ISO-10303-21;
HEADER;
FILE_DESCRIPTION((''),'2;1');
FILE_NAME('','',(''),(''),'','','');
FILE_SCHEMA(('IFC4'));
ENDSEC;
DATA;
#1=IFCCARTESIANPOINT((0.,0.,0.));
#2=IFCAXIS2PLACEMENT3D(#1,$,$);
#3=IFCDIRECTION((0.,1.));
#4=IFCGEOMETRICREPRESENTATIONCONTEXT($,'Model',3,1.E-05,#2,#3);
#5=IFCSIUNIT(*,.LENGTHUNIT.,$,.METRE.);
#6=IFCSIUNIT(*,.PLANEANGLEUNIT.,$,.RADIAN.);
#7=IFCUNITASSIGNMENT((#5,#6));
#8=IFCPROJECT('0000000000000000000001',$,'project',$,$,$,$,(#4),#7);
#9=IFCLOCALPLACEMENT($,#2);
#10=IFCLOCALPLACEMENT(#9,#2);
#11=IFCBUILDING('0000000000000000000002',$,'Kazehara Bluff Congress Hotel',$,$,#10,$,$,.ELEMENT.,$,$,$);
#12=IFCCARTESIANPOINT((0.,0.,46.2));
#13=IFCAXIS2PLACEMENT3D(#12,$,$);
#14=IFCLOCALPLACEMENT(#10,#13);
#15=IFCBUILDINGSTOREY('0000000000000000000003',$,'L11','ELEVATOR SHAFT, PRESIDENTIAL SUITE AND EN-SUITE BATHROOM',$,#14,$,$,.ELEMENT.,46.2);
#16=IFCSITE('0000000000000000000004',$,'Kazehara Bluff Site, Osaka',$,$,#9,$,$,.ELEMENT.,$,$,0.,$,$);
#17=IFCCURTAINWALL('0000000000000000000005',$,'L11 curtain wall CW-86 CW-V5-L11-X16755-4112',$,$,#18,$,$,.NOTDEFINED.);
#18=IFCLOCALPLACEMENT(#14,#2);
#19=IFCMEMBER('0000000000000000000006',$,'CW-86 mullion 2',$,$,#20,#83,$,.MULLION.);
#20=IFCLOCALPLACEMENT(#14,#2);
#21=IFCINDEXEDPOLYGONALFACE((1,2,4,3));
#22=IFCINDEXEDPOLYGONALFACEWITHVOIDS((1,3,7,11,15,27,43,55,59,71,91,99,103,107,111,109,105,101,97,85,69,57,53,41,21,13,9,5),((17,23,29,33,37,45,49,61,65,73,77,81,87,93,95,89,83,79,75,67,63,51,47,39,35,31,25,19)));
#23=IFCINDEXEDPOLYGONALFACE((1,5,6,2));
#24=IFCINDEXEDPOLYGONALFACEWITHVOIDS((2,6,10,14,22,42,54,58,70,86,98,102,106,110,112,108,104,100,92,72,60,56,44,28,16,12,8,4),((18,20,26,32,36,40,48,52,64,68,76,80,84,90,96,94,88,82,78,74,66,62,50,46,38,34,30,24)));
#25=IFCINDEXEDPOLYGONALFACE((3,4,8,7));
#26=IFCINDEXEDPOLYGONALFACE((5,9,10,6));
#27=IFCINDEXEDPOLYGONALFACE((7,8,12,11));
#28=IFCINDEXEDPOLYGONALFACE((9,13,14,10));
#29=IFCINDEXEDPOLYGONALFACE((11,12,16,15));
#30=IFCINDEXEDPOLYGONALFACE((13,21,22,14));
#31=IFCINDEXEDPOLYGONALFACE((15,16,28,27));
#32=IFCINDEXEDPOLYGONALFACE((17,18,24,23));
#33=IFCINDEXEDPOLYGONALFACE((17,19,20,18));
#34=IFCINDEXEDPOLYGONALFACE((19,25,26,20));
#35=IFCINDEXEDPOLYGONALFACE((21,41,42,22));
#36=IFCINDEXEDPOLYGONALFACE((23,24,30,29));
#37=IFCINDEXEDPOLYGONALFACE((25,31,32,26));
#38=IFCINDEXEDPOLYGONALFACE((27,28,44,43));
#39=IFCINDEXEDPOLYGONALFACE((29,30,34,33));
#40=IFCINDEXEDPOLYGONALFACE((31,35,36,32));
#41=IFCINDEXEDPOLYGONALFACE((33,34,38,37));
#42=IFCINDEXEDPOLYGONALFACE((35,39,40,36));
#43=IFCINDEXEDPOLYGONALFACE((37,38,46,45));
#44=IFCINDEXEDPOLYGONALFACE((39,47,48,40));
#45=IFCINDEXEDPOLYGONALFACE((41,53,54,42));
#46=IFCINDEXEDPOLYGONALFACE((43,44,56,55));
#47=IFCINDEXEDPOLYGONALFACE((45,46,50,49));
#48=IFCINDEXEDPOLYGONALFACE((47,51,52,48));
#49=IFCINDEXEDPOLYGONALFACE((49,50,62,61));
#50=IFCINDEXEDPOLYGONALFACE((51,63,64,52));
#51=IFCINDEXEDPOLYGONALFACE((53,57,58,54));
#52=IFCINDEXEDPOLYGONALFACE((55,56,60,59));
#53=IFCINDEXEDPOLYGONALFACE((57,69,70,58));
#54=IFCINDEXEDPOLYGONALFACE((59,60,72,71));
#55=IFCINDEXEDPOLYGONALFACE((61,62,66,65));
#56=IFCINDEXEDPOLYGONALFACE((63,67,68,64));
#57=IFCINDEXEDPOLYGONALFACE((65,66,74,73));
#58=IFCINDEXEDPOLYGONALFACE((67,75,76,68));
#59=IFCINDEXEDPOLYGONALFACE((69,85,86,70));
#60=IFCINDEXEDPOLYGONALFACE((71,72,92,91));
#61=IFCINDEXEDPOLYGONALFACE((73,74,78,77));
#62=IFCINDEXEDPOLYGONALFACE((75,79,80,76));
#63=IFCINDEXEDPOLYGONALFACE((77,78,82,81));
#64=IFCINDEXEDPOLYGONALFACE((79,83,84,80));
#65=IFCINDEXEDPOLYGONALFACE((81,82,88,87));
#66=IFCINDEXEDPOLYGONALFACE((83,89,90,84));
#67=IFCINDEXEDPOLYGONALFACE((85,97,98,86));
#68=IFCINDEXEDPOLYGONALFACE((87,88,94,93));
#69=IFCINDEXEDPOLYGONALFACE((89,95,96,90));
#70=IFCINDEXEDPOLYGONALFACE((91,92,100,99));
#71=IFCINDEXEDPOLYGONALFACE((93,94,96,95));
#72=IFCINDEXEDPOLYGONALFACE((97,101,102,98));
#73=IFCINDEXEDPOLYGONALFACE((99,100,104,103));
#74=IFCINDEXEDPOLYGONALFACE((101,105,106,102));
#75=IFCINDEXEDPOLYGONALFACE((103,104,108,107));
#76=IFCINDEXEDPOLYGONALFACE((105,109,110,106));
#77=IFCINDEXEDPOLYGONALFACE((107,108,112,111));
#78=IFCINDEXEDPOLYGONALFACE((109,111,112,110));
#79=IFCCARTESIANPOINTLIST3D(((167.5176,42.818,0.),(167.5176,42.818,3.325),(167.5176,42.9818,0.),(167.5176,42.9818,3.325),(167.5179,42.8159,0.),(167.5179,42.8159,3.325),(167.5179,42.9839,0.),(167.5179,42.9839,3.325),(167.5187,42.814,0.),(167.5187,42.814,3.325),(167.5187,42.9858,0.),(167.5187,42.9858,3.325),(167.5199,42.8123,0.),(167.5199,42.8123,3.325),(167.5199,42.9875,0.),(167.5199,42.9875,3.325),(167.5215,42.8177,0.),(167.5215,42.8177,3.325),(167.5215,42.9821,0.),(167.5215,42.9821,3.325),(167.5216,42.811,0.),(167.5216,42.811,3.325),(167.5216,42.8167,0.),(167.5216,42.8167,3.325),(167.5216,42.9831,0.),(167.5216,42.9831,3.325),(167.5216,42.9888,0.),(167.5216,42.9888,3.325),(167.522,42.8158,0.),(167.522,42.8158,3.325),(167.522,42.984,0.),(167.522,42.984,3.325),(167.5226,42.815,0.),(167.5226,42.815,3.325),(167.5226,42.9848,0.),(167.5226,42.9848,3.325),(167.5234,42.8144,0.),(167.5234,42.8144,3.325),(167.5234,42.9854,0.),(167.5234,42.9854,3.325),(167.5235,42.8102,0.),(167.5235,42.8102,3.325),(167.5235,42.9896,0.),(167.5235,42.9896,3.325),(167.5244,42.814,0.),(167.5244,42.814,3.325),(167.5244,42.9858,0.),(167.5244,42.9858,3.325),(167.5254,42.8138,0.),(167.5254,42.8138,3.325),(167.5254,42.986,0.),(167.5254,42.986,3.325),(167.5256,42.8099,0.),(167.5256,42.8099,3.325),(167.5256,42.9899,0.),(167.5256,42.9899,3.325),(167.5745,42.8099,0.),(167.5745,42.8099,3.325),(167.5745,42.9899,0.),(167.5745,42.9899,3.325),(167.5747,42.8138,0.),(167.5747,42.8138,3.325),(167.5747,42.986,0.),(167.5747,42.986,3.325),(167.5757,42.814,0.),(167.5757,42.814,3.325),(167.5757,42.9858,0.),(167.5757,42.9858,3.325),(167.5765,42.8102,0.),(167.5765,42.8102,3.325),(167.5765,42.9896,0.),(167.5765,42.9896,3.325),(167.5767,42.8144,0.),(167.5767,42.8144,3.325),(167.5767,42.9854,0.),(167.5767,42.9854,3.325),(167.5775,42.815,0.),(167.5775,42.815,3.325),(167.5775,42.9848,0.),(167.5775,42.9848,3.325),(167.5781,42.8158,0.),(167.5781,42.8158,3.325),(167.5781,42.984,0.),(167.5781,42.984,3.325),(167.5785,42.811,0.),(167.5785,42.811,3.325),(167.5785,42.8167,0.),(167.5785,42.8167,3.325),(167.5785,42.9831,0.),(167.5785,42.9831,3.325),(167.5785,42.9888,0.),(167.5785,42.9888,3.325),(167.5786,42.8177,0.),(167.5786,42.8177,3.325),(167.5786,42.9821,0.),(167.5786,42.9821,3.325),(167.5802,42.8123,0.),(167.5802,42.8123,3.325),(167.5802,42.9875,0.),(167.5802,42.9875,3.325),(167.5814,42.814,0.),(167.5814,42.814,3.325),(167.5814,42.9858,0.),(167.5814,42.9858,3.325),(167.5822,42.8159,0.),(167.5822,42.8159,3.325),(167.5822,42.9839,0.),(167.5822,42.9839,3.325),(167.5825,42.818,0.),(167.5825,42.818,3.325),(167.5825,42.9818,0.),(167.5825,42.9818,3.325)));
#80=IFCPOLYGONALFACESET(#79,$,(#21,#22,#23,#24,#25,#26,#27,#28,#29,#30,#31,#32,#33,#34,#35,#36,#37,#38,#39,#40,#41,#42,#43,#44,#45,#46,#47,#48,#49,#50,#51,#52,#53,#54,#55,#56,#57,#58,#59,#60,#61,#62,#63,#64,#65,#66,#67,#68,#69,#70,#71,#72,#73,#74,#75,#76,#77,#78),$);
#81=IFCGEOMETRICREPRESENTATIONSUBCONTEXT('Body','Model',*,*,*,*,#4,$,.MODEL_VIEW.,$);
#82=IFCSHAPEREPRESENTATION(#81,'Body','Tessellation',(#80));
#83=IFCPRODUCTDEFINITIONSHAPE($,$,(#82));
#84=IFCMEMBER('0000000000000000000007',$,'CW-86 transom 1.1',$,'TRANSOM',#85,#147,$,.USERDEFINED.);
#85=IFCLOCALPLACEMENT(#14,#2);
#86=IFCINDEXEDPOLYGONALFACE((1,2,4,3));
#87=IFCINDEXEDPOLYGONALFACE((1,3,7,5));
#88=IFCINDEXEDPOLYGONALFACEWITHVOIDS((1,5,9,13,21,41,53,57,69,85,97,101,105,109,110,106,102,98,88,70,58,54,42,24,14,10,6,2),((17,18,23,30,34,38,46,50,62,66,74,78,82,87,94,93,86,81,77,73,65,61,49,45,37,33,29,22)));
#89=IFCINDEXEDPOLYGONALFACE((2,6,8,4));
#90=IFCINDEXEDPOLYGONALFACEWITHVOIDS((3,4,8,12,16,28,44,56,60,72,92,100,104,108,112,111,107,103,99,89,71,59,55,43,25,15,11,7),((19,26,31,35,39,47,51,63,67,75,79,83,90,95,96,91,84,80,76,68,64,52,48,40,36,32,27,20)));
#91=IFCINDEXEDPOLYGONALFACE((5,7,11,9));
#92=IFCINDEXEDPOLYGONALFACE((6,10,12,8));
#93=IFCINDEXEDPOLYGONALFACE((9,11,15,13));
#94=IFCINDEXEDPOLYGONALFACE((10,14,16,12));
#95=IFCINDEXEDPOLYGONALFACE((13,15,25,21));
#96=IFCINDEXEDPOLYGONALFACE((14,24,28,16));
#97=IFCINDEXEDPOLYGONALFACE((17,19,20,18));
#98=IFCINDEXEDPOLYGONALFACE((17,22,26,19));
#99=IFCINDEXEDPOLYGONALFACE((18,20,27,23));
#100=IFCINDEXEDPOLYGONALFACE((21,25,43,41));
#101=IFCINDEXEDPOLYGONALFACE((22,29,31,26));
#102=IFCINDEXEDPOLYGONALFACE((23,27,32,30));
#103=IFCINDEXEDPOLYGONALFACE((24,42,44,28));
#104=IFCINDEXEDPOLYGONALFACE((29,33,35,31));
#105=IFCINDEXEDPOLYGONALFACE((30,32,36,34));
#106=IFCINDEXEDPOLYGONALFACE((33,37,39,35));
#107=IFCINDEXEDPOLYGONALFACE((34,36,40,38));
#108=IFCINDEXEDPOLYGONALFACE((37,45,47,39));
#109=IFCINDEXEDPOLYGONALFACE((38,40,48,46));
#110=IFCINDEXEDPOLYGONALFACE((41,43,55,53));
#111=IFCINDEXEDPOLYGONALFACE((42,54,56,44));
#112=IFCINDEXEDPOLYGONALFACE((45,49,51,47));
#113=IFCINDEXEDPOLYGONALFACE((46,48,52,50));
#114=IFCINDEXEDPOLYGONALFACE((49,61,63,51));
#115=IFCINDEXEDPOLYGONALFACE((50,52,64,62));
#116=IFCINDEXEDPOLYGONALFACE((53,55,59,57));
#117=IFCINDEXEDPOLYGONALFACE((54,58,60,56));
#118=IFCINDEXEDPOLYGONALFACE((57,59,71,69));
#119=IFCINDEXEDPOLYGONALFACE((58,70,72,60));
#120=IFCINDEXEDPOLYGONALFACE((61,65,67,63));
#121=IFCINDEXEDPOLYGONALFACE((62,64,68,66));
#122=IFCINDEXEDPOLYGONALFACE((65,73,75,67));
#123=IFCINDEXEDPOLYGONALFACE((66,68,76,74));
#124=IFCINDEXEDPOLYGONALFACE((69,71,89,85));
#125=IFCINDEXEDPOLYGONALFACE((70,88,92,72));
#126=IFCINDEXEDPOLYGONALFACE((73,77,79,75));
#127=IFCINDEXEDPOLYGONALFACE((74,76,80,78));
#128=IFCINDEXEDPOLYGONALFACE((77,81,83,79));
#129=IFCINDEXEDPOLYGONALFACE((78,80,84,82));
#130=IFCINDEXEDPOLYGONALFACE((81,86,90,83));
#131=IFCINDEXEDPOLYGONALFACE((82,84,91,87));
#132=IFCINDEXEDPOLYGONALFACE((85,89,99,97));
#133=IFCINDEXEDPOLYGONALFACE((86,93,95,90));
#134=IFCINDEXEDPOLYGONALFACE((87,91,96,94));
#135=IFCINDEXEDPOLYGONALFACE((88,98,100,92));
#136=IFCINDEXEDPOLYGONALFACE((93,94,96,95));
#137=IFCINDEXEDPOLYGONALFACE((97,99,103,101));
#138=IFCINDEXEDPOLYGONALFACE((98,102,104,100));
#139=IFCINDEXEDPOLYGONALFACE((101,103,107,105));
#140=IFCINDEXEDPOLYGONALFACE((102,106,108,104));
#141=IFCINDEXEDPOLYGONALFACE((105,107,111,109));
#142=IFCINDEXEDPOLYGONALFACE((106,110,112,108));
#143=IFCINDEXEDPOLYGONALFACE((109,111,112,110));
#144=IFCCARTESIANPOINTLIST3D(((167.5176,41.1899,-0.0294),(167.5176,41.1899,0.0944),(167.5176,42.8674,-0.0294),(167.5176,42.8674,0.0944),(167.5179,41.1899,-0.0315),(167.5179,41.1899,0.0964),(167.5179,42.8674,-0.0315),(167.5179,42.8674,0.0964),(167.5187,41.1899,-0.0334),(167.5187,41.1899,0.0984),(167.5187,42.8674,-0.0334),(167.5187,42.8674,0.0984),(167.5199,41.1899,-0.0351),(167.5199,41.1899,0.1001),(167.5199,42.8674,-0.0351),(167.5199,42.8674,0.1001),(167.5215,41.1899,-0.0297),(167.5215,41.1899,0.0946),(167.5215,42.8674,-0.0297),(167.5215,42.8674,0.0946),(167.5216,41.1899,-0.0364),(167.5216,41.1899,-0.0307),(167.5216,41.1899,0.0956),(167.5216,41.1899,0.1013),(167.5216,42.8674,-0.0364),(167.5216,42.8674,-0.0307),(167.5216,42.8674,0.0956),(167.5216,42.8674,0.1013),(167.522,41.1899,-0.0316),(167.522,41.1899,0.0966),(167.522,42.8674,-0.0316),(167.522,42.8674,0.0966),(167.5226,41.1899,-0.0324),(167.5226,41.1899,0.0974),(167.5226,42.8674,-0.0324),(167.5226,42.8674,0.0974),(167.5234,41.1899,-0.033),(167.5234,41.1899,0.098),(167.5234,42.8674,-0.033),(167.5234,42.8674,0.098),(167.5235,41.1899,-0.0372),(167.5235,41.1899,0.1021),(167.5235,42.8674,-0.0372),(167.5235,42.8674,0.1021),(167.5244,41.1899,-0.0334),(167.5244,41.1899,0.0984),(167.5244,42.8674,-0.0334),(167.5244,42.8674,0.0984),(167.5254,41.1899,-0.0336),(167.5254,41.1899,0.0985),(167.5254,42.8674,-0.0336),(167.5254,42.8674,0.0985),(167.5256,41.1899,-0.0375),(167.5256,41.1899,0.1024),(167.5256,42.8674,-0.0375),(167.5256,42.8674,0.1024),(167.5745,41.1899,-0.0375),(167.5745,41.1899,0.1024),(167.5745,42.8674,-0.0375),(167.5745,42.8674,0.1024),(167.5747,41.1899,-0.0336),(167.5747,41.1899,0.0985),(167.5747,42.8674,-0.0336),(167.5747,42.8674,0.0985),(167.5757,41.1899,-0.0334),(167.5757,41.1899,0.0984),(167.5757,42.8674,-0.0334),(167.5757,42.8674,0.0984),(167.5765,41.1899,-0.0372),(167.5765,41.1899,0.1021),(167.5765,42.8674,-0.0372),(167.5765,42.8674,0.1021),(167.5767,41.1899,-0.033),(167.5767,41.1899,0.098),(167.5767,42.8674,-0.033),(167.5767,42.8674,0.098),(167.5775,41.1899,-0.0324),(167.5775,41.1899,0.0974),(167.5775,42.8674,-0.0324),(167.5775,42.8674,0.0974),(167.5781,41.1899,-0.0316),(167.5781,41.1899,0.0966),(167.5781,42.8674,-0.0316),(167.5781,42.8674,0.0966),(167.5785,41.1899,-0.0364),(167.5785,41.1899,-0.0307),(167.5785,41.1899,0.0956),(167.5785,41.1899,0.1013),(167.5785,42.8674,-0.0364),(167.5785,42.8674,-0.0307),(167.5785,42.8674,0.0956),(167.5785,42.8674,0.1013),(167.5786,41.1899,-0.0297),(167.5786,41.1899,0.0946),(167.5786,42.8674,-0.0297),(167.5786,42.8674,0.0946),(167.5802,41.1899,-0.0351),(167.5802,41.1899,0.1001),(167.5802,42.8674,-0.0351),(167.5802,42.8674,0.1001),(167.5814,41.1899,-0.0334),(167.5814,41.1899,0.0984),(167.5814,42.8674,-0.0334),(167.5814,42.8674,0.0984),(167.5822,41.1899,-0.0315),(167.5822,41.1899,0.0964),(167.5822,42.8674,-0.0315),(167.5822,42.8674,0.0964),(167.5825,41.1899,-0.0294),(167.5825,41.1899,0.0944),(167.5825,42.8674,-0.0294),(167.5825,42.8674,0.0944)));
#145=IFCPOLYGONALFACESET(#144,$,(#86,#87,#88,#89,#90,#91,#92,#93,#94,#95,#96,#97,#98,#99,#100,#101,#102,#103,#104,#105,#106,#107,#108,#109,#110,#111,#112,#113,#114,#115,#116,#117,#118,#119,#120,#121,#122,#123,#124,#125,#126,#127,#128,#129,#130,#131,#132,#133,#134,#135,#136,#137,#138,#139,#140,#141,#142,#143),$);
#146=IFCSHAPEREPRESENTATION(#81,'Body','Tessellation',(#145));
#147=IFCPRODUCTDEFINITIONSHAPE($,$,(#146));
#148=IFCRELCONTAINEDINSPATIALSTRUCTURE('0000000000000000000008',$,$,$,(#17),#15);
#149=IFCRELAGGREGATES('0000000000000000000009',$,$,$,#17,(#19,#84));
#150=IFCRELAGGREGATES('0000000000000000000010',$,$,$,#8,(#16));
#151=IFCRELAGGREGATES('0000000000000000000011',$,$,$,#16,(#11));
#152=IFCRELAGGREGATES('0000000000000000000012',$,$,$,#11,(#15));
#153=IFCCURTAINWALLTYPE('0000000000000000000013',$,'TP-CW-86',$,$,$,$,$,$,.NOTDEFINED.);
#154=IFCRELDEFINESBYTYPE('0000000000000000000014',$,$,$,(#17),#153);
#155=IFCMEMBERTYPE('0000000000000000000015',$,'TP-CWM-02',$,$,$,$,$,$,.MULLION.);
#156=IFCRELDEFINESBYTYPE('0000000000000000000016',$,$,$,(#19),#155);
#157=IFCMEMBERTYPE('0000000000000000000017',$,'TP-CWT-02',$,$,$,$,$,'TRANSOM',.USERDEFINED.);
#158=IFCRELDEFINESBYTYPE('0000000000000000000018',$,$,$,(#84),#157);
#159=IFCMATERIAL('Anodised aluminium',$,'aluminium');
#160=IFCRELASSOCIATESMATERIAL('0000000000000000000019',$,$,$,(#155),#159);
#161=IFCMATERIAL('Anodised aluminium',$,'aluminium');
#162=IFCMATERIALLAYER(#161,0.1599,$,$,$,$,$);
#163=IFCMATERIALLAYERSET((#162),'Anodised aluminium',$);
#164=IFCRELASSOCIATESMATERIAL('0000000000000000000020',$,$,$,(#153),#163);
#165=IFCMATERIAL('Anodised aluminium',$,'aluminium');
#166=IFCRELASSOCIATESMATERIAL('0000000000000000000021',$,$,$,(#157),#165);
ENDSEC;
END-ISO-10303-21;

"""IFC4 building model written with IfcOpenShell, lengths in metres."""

from ifc_helpers import new_model, si_unit, direction, frame, origin, origin_2d, place, context, subcontext, project, spatial, hollow_rectangle, extrude, material, layer, layer_set, material_profile, profile_set, type_object, element, aggregate, save


model = new_model("IFC4")

# Units and contexts
model_context = context("Model", 3, precision=1e-05, world=origin(), true_north=direction((0.0, 1.0)))
body_context = subcontext(model_context, "Body", "Model", "MODEL_VIEW")
ifc_project = project(units=[si_unit("LENGTHUNIT", "METRE"), si_unit("PLANEANGLEUNIT", "RADIAN")], contexts=[model_context])

# Site, building, storey
site_placement = place(None, origin())
site = spatial("IfcSite", under=ifc_project, at=site_placement, Name="Kazehara Bluff Site, Osaka", CompositionType="ELEMENT", RefElevation=0.0)
building_placement = place(site_placement, origin())
building = spatial("IfcBuilding", under=site, at=building_placement, Name="Kazehara Bluff Congress Hotel", CompositionType="ELEMENT")
storey_placement = place(building_placement, frame((0.0, 0.0, 46.2)))
storey = spatial("IfcBuildingStorey", under=building, at=storey_placement, Name="L11", Description="ELEVATOR SHAFT, PRESIDENTIAL SUITE AND EN-SUITE BATHROOM", CompositionType="ELEMENT", Elevation=46.2)

# Shared definitions
ifc_material_1 = material(Name="Anodised aluminium", Category="aluminium")
ifc_material_profile_1 = material_profile(ifc_material_1, hollow_rectangle(XDim=0.0649, YDim=0.1799, WallThickness=0.0039, InnerFilletRadius=0.0039, OuterFilletRadius=0.0081, at=origin_2d()))
ifc_profile_set_1 = profile_set([ifc_material_profile_1], Name="Anodised aluminium")
member_type_1 = type_object("IfcMemberType", Name="TP-CWM-02", PredefinedType="MULLION", material=ifc_profile_set_1)

# Curtain wall, members
ifc_material_2 = material(Name="Anodised aluminium", Category="aluminium")
ifc_layer_1 = layer(ifc_material_2, 0.1599)
ifc_layer_set_1 = layer_set([ifc_layer_1], Name="Anodised aluminium")
curtain_wall_type_1 = type_object("IfcCurtainWallType", Name="TP-CW-86", PredefinedType="NOTDEFINED", material=ifc_layer_set_1)
curtain_wall_1_placement = place(storey_placement, origin())
curtain_wall_1 = element("IfcCurtainWall", 1, at=curtain_wall_1_placement, inside=storey, type_object=curtain_wall_type_1, Name="L11 curtain wall CW-86 CW-V5-L11-X16755-4112", PredefinedType="NOTDEFINED")
member_1_placement = place(storey_placement, frame((167.55, 42.8999, 0.0), z_axis=(0.0, 0.0, 1.0), x_axis=(-1.0, 0.0, 0.0)))
member_1 = element("IfcMember", 2, at=member_1_placement, type_object=member_type_1, Name="CW-86 mullion 2", PredefinedType="MULLION", context=body_context, shape_type="SweptSolid", body=[
    extrude(hollow_rectangle(XDim=0.0649, YDim=0.1799, WallThickness=0.0039, InnerFilletRadius=0.0039, OuterFilletRadius=0.0081, at=origin_2d()), origin(), (0.0, 0.0, 1.0), 3.325),
])
ifc_material_3 = material(Name="Anodised aluminium", Category="aluminium")
ifc_material_profile_2 = material_profile(ifc_material_3, hollow_rectangle(XDim=0.0649, YDim=0.1399, WallThickness=0.0039, InnerFilletRadius=0.0039, OuterFilletRadius=0.0081, at=origin_2d()))
ifc_profile_set_2 = profile_set([ifc_material_profile_2], Name="Anodised aluminium")
member_type_2 = type_object("IfcMemberType", Name="TP-CWT-02", ElementType="TRANSOM", PredefinedType="USERDEFINED", material=ifc_profile_set_2)
member_2_placement = place(storey_placement, frame((167.55, 41.1899, 0.0325), z_axis=(0.0, 1.0, 0.0), x_axis=(-1.0, 0.0, 0.0)))
member_2 = element("IfcMember", 3, at=member_2_placement, type_object=member_type_2, Name="CW-86 transom 1.1", ObjectType="TRANSOM", PredefinedType="USERDEFINED", context=body_context, shape_type="SweptSolid", body=[
    extrude(hollow_rectangle(XDim=0.0649, YDim=0.1399, WallThickness=0.0039, InnerFilletRadius=0.0039, OuterFilletRadius=0.0081, at=origin_2d()), origin(), (0.0, 0.0, 1.0), 1.6775),
])

aggregate(curtain_wall_1, [member_1, member_2])

save(model, "model.ifc")
